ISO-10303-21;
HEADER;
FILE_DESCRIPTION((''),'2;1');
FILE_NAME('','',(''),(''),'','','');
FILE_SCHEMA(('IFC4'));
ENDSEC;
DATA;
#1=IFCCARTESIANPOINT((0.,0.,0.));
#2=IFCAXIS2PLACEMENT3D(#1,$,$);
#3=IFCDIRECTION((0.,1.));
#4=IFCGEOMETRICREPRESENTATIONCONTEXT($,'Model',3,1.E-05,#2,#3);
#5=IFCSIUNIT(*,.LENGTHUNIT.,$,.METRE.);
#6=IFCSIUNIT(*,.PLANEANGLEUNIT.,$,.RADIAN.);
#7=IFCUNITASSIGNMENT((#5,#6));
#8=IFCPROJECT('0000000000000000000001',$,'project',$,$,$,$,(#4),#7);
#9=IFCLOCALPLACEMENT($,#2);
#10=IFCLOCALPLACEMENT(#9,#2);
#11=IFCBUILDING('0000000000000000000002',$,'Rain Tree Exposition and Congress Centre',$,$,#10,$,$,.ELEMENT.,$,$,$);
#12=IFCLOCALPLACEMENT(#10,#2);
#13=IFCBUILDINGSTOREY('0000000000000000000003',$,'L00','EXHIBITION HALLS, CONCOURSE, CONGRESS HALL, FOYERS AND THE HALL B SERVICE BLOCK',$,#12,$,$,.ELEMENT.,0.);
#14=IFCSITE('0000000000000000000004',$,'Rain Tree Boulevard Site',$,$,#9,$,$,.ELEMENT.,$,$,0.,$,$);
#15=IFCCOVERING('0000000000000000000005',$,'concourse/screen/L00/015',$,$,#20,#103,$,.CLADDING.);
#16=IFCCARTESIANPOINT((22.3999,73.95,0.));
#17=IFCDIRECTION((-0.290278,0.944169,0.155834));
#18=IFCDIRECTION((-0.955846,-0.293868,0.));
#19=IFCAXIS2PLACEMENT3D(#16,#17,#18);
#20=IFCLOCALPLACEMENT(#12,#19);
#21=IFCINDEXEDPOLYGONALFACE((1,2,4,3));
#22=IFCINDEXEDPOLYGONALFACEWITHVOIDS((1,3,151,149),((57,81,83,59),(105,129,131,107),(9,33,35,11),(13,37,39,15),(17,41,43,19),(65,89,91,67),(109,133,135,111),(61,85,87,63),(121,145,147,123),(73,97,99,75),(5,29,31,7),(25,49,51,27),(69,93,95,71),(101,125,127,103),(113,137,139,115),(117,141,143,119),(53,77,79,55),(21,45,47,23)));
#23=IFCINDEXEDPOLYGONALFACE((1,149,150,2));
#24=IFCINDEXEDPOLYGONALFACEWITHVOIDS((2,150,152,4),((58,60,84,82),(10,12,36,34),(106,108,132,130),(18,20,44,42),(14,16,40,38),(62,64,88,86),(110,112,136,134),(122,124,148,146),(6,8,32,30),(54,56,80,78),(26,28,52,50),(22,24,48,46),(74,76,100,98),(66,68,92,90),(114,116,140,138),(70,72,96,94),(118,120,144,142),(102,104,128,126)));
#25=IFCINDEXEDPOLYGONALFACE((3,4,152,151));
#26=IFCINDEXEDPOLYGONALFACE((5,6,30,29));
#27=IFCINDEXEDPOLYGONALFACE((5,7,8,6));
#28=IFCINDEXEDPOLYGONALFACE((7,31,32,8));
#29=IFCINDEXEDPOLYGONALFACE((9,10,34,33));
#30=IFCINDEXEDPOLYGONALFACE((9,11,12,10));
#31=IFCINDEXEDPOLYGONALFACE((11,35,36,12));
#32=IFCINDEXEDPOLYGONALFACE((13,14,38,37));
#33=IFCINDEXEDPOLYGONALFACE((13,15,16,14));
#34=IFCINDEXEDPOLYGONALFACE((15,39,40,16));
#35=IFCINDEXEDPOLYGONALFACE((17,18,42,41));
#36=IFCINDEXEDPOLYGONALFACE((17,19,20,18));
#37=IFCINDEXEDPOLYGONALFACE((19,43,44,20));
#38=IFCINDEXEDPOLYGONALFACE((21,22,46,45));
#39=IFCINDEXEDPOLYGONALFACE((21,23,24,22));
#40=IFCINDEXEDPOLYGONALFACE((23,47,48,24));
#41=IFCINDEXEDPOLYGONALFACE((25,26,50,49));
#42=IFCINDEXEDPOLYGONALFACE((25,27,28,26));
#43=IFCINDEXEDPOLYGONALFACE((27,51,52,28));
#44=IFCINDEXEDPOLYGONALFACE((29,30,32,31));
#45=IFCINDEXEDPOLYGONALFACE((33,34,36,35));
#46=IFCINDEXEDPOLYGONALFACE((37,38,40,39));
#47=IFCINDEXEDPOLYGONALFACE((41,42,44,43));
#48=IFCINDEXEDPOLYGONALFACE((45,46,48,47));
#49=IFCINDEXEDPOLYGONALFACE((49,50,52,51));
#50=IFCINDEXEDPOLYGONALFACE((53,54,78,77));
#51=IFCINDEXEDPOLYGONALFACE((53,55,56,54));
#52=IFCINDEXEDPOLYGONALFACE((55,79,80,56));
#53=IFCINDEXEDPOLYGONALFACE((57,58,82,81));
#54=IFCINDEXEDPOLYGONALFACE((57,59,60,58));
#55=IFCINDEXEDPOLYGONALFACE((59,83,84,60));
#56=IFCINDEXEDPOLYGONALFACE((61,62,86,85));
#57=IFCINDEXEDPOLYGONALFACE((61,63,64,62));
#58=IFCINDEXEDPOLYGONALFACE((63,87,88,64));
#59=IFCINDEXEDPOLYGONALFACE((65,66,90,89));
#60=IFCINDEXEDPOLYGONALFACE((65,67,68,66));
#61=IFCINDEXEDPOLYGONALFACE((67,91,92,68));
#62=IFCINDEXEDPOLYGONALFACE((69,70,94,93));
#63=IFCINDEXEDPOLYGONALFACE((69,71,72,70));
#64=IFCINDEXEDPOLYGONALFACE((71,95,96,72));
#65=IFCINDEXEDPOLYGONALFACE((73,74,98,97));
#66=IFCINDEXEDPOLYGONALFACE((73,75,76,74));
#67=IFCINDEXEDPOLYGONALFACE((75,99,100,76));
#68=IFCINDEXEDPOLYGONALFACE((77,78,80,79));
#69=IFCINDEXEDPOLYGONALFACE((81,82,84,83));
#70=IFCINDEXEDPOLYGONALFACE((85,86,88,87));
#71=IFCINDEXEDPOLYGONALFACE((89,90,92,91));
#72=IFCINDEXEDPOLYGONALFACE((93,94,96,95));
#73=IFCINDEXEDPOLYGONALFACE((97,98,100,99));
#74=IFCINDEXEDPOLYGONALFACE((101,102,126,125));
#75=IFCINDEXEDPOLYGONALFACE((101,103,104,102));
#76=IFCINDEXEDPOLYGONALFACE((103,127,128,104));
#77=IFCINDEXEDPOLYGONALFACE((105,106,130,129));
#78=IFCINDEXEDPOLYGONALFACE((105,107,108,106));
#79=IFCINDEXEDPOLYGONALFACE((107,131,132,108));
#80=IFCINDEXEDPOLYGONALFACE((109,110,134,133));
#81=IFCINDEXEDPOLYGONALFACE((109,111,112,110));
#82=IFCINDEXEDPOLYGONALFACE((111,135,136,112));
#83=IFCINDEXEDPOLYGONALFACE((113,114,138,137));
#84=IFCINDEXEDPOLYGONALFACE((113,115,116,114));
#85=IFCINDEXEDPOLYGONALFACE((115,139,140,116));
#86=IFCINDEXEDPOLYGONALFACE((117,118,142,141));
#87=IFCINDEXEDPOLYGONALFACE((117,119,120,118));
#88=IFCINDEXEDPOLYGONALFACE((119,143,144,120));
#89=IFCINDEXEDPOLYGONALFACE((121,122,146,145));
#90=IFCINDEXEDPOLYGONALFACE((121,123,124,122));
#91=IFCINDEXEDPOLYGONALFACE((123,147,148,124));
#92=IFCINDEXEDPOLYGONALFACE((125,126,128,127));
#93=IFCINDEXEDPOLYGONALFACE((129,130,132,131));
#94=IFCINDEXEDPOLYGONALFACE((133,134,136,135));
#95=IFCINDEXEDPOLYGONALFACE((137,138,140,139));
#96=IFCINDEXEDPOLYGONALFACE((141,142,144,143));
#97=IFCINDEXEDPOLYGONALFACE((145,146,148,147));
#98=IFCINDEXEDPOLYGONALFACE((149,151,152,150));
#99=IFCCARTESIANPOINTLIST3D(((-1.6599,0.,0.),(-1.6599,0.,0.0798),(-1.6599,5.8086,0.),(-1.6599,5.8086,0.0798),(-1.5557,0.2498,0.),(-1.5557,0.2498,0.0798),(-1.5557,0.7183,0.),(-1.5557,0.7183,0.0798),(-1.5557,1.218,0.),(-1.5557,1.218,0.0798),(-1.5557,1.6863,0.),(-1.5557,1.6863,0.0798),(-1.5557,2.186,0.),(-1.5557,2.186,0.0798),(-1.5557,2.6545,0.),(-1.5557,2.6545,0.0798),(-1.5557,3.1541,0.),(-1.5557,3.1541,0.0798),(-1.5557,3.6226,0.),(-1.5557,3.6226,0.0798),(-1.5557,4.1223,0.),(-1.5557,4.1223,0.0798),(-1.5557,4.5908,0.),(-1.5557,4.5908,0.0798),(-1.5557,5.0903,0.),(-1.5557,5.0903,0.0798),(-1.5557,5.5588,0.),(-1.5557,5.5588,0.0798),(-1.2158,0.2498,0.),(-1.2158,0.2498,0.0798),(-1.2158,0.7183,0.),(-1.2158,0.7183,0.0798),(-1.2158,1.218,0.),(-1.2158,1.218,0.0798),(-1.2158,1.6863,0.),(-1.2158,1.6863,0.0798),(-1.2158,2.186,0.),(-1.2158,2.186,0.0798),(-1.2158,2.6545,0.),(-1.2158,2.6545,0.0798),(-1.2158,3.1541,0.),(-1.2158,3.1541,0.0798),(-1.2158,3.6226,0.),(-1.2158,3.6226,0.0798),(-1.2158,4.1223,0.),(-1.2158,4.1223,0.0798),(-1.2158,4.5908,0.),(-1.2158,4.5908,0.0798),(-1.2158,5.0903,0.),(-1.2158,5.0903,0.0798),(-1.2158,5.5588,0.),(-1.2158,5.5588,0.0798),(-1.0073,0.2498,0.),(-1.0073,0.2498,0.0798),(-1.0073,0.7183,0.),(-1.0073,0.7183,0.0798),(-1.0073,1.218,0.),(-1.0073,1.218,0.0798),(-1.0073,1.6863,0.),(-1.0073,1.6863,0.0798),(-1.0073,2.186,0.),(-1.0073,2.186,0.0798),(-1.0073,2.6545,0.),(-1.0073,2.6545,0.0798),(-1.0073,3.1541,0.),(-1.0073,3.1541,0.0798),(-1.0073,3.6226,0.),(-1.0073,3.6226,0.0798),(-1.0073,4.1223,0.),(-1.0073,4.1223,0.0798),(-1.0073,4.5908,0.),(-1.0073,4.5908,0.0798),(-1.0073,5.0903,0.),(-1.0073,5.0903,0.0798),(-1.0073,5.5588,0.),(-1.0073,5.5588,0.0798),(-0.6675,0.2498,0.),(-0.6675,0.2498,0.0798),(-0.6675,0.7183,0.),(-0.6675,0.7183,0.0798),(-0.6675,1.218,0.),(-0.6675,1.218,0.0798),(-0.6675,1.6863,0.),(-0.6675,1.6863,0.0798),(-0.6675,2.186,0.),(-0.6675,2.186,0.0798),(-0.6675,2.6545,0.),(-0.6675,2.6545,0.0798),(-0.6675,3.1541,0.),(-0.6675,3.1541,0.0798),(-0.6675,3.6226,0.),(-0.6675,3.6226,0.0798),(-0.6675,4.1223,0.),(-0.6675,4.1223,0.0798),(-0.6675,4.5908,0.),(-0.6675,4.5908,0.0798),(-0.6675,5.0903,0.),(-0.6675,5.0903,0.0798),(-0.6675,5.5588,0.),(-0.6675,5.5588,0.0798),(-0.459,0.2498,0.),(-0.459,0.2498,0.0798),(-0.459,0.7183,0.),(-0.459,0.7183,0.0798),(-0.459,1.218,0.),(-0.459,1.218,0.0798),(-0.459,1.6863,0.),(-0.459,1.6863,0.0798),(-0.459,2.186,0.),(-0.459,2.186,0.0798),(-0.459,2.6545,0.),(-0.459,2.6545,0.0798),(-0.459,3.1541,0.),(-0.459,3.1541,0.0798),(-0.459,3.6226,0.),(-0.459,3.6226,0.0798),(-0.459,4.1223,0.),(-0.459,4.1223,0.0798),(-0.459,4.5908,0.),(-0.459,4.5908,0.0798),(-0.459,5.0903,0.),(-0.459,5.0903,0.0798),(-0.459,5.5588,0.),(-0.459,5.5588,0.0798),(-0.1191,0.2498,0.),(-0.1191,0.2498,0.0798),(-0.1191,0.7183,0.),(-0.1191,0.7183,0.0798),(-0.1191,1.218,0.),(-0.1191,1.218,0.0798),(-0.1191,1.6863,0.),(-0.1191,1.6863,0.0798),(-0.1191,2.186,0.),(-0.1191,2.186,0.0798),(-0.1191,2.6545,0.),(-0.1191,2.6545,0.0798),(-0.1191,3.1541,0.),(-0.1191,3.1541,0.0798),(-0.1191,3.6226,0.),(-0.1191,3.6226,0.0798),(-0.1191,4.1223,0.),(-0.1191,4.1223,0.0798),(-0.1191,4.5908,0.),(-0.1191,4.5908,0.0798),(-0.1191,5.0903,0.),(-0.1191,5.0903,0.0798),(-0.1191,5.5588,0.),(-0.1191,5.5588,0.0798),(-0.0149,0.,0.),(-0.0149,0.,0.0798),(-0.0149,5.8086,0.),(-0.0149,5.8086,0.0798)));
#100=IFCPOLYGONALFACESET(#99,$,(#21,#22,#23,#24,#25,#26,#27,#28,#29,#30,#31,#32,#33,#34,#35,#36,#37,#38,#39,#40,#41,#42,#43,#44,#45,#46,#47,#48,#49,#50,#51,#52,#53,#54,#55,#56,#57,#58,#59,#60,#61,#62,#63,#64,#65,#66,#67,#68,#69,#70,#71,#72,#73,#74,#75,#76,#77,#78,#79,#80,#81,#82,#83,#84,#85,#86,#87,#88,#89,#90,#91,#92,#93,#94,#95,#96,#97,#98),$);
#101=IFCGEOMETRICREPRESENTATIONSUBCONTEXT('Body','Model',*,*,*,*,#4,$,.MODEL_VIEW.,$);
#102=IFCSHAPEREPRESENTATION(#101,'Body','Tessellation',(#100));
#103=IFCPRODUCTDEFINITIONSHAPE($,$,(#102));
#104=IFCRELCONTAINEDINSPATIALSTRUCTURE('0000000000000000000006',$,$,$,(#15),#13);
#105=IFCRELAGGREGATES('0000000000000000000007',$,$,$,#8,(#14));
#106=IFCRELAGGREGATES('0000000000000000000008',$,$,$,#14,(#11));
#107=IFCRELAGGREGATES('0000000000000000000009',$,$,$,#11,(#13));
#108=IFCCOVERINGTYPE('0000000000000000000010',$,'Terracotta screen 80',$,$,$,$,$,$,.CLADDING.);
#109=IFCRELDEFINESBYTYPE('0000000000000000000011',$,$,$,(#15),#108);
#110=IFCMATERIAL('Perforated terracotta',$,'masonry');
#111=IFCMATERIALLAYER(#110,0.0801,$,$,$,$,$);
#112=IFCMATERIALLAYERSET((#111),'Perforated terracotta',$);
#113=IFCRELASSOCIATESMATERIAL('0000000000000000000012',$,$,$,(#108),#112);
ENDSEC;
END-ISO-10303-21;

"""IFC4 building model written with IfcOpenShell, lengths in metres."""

from ifc_helpers import new_model, si_unit, direction, frame, origin, place, context, subcontext, project, spatial, polyline, outline, extrude, material, layer, layer_set, type_object, element, save


model = new_model("IFC4")

# Units and contexts
model_context = context("Model", 3, precision=1e-05, world=origin(), true_north=direction((0.0, 1.0)))
body_context = subcontext(model_context, "Body", "Model", "MODEL_VIEW")
ifc_project = project(units=[si_unit("LENGTHUNIT", "METRE"), si_unit("PLANEANGLEUNIT", "RADIAN")], contexts=[model_context])

# Site, building, storey
site_placement = place(None, origin())
site = spatial("IfcSite", under=ifc_project, at=site_placement, Name="Rain Tree Boulevard Site", CompositionType="ELEMENT", RefElevation=0.0)
building_placement = place(site_placement, origin())
building = spatial("IfcBuilding", under=site, at=building_placement, Name="Rain Tree Exposition and Congress Centre", CompositionType="ELEMENT")
storey_placement = place(building_placement, origin())
storey = spatial("IfcBuildingStorey", under=building, at=storey_placement, Name="L00", Description="EXHIBITION HALLS, CONCOURSE, CONGRESS HALL, FOYERS AND THE HALL B SERVICE BLOCK", CompositionType="ELEMENT", Elevation=0.0)

# Covering
ifc_material_1 = material(Name="Perforated terracotta", Category="masonry")
ifc_layer_1 = layer(ifc_material_1, 0.0801)
ifc_layer_set_1 = layer_set([ifc_layer_1], Name="Perforated terracotta")
covering_type = type_object("IfcCoveringType", Name="Terracotta screen 80", PredefinedType="CLADDING", material=ifc_layer_set_1)
covering_1_placement = place(storey_placement, frame((22.3999, 73.95, 0.0), z_axis=(-0.290278, 0.944169, 0.155834), x_axis=(-0.955846, -0.293868, 0.0)))
element("IfcCovering", 1, at=covering_1_placement, inside=storey, type_object=covering_type, Name="concourse/screen/L00/015", PredefinedType="CLADDING", context=body_context, shape_type="SweptSolid", body=[
    extrude(outline(polyline([(-0.0149, 0.0), (-1.6599, 0.0), (-1.6599, 5.8086), (-0.0149, 5.8086), (-0.0149, 0.0)]), holes=[polyline([(-0.1191, 0.2498), (-0.1191, 0.7183), (-0.459, 0.7183), (-0.459, 0.2498), (-0.1191, 0.2498)]), polyline([(-0.1191, 1.218), (-0.1191, 1.6863), (-0.459, 1.6863), (-0.459, 1.218), (-0.1191, 1.218)]), polyline([(-0.1191, 2.186), (-0.1191, 2.6545), (-0.459, 2.6545), (-0.459, 2.186), (-0.1191, 2.186)]), polyline([(-0.1191, 3.1541), (-0.1191, 3.6226), (-0.459, 3.6226), (-0.459, 3.1541), (-0.1191, 3.1541)]), polyline([(-0.1191, 4.1223), (-0.1191, 4.5908), (-0.459, 4.5908), (-0.459, 4.1223), (-0.1191, 4.1223)]), polyline([(-0.1191, 5.0903), (-0.1191, 5.5588), (-0.459, 5.5588), (-0.459, 5.0903), (-0.1191, 5.0903)]), polyline([(-0.6675, 0.2498), (-0.6675, 0.7183), (-1.0073, 0.7183), (-1.0073, 0.2498), (-0.6675, 0.2498)]), polyline([(-0.6675, 1.218), (-0.6675, 1.6863), (-1.0073, 1.6863), (-1.0073, 1.218), (-0.6675, 1.218)]), polyline([(-0.6675, 2.186), (-0.6675, 2.6545), (-1.0073, 2.6545), (-1.0073, 2.186), (-0.6675, 2.186)]), polyline([(-0.6675, 3.1541), (-0.6675, 3.6226), (-1.0073, 3.6226), (-1.0073, 3.1541), (-0.6675, 3.1541)]), polyline([(-0.6675, 4.1223), (-0.6675, 4.5908), (-1.0073, 4.5908), (-1.0073, 4.1223), (-0.6675, 4.1223)]), polyline([(-0.6675, 5.0903), (-0.6675, 5.5588), (-1.0073, 5.5588), (-1.0073, 5.0903), (-0.6675, 5.0903)]), polyline([(-1.2158, 0.2498), (-1.2158, 0.7183), (-1.5557, 0.7183), (-1.5557, 0.2498), (-1.2158, 0.2498)]), polyline([(-1.2158, 1.218), (-1.2158, 1.6863), (-1.5557, 1.6863), (-1.5557, 1.218), (-1.2158, 1.218)]), polyline([(-1.2158, 2.186), (-1.2158, 2.6545), (-1.5557, 2.6545), (-1.5557, 2.186), (-1.2158, 2.186)]), polyline([(-1.2158, 3.1541), (-1.2158, 3.6226), (-1.5557, 3.6226), (-1.5557, 3.1541), (-1.2158, 3.1541)]), polyline([(-1.2158, 4.1223), (-1.2158, 4.5908), (-1.5557, 4.5908), (-1.5557, 4.1223), (-1.2158, 4.1223)]), polyline([(-1.2158, 5.0903), (-1.2158, 5.5588), (-1.5557, 5.5588), (-1.5557, 5.0903), (-1.2158, 5.0903)])]), origin(), (0.0, 0.0, 1.0), 0.0798),
])

save(model, "model.ifc")
